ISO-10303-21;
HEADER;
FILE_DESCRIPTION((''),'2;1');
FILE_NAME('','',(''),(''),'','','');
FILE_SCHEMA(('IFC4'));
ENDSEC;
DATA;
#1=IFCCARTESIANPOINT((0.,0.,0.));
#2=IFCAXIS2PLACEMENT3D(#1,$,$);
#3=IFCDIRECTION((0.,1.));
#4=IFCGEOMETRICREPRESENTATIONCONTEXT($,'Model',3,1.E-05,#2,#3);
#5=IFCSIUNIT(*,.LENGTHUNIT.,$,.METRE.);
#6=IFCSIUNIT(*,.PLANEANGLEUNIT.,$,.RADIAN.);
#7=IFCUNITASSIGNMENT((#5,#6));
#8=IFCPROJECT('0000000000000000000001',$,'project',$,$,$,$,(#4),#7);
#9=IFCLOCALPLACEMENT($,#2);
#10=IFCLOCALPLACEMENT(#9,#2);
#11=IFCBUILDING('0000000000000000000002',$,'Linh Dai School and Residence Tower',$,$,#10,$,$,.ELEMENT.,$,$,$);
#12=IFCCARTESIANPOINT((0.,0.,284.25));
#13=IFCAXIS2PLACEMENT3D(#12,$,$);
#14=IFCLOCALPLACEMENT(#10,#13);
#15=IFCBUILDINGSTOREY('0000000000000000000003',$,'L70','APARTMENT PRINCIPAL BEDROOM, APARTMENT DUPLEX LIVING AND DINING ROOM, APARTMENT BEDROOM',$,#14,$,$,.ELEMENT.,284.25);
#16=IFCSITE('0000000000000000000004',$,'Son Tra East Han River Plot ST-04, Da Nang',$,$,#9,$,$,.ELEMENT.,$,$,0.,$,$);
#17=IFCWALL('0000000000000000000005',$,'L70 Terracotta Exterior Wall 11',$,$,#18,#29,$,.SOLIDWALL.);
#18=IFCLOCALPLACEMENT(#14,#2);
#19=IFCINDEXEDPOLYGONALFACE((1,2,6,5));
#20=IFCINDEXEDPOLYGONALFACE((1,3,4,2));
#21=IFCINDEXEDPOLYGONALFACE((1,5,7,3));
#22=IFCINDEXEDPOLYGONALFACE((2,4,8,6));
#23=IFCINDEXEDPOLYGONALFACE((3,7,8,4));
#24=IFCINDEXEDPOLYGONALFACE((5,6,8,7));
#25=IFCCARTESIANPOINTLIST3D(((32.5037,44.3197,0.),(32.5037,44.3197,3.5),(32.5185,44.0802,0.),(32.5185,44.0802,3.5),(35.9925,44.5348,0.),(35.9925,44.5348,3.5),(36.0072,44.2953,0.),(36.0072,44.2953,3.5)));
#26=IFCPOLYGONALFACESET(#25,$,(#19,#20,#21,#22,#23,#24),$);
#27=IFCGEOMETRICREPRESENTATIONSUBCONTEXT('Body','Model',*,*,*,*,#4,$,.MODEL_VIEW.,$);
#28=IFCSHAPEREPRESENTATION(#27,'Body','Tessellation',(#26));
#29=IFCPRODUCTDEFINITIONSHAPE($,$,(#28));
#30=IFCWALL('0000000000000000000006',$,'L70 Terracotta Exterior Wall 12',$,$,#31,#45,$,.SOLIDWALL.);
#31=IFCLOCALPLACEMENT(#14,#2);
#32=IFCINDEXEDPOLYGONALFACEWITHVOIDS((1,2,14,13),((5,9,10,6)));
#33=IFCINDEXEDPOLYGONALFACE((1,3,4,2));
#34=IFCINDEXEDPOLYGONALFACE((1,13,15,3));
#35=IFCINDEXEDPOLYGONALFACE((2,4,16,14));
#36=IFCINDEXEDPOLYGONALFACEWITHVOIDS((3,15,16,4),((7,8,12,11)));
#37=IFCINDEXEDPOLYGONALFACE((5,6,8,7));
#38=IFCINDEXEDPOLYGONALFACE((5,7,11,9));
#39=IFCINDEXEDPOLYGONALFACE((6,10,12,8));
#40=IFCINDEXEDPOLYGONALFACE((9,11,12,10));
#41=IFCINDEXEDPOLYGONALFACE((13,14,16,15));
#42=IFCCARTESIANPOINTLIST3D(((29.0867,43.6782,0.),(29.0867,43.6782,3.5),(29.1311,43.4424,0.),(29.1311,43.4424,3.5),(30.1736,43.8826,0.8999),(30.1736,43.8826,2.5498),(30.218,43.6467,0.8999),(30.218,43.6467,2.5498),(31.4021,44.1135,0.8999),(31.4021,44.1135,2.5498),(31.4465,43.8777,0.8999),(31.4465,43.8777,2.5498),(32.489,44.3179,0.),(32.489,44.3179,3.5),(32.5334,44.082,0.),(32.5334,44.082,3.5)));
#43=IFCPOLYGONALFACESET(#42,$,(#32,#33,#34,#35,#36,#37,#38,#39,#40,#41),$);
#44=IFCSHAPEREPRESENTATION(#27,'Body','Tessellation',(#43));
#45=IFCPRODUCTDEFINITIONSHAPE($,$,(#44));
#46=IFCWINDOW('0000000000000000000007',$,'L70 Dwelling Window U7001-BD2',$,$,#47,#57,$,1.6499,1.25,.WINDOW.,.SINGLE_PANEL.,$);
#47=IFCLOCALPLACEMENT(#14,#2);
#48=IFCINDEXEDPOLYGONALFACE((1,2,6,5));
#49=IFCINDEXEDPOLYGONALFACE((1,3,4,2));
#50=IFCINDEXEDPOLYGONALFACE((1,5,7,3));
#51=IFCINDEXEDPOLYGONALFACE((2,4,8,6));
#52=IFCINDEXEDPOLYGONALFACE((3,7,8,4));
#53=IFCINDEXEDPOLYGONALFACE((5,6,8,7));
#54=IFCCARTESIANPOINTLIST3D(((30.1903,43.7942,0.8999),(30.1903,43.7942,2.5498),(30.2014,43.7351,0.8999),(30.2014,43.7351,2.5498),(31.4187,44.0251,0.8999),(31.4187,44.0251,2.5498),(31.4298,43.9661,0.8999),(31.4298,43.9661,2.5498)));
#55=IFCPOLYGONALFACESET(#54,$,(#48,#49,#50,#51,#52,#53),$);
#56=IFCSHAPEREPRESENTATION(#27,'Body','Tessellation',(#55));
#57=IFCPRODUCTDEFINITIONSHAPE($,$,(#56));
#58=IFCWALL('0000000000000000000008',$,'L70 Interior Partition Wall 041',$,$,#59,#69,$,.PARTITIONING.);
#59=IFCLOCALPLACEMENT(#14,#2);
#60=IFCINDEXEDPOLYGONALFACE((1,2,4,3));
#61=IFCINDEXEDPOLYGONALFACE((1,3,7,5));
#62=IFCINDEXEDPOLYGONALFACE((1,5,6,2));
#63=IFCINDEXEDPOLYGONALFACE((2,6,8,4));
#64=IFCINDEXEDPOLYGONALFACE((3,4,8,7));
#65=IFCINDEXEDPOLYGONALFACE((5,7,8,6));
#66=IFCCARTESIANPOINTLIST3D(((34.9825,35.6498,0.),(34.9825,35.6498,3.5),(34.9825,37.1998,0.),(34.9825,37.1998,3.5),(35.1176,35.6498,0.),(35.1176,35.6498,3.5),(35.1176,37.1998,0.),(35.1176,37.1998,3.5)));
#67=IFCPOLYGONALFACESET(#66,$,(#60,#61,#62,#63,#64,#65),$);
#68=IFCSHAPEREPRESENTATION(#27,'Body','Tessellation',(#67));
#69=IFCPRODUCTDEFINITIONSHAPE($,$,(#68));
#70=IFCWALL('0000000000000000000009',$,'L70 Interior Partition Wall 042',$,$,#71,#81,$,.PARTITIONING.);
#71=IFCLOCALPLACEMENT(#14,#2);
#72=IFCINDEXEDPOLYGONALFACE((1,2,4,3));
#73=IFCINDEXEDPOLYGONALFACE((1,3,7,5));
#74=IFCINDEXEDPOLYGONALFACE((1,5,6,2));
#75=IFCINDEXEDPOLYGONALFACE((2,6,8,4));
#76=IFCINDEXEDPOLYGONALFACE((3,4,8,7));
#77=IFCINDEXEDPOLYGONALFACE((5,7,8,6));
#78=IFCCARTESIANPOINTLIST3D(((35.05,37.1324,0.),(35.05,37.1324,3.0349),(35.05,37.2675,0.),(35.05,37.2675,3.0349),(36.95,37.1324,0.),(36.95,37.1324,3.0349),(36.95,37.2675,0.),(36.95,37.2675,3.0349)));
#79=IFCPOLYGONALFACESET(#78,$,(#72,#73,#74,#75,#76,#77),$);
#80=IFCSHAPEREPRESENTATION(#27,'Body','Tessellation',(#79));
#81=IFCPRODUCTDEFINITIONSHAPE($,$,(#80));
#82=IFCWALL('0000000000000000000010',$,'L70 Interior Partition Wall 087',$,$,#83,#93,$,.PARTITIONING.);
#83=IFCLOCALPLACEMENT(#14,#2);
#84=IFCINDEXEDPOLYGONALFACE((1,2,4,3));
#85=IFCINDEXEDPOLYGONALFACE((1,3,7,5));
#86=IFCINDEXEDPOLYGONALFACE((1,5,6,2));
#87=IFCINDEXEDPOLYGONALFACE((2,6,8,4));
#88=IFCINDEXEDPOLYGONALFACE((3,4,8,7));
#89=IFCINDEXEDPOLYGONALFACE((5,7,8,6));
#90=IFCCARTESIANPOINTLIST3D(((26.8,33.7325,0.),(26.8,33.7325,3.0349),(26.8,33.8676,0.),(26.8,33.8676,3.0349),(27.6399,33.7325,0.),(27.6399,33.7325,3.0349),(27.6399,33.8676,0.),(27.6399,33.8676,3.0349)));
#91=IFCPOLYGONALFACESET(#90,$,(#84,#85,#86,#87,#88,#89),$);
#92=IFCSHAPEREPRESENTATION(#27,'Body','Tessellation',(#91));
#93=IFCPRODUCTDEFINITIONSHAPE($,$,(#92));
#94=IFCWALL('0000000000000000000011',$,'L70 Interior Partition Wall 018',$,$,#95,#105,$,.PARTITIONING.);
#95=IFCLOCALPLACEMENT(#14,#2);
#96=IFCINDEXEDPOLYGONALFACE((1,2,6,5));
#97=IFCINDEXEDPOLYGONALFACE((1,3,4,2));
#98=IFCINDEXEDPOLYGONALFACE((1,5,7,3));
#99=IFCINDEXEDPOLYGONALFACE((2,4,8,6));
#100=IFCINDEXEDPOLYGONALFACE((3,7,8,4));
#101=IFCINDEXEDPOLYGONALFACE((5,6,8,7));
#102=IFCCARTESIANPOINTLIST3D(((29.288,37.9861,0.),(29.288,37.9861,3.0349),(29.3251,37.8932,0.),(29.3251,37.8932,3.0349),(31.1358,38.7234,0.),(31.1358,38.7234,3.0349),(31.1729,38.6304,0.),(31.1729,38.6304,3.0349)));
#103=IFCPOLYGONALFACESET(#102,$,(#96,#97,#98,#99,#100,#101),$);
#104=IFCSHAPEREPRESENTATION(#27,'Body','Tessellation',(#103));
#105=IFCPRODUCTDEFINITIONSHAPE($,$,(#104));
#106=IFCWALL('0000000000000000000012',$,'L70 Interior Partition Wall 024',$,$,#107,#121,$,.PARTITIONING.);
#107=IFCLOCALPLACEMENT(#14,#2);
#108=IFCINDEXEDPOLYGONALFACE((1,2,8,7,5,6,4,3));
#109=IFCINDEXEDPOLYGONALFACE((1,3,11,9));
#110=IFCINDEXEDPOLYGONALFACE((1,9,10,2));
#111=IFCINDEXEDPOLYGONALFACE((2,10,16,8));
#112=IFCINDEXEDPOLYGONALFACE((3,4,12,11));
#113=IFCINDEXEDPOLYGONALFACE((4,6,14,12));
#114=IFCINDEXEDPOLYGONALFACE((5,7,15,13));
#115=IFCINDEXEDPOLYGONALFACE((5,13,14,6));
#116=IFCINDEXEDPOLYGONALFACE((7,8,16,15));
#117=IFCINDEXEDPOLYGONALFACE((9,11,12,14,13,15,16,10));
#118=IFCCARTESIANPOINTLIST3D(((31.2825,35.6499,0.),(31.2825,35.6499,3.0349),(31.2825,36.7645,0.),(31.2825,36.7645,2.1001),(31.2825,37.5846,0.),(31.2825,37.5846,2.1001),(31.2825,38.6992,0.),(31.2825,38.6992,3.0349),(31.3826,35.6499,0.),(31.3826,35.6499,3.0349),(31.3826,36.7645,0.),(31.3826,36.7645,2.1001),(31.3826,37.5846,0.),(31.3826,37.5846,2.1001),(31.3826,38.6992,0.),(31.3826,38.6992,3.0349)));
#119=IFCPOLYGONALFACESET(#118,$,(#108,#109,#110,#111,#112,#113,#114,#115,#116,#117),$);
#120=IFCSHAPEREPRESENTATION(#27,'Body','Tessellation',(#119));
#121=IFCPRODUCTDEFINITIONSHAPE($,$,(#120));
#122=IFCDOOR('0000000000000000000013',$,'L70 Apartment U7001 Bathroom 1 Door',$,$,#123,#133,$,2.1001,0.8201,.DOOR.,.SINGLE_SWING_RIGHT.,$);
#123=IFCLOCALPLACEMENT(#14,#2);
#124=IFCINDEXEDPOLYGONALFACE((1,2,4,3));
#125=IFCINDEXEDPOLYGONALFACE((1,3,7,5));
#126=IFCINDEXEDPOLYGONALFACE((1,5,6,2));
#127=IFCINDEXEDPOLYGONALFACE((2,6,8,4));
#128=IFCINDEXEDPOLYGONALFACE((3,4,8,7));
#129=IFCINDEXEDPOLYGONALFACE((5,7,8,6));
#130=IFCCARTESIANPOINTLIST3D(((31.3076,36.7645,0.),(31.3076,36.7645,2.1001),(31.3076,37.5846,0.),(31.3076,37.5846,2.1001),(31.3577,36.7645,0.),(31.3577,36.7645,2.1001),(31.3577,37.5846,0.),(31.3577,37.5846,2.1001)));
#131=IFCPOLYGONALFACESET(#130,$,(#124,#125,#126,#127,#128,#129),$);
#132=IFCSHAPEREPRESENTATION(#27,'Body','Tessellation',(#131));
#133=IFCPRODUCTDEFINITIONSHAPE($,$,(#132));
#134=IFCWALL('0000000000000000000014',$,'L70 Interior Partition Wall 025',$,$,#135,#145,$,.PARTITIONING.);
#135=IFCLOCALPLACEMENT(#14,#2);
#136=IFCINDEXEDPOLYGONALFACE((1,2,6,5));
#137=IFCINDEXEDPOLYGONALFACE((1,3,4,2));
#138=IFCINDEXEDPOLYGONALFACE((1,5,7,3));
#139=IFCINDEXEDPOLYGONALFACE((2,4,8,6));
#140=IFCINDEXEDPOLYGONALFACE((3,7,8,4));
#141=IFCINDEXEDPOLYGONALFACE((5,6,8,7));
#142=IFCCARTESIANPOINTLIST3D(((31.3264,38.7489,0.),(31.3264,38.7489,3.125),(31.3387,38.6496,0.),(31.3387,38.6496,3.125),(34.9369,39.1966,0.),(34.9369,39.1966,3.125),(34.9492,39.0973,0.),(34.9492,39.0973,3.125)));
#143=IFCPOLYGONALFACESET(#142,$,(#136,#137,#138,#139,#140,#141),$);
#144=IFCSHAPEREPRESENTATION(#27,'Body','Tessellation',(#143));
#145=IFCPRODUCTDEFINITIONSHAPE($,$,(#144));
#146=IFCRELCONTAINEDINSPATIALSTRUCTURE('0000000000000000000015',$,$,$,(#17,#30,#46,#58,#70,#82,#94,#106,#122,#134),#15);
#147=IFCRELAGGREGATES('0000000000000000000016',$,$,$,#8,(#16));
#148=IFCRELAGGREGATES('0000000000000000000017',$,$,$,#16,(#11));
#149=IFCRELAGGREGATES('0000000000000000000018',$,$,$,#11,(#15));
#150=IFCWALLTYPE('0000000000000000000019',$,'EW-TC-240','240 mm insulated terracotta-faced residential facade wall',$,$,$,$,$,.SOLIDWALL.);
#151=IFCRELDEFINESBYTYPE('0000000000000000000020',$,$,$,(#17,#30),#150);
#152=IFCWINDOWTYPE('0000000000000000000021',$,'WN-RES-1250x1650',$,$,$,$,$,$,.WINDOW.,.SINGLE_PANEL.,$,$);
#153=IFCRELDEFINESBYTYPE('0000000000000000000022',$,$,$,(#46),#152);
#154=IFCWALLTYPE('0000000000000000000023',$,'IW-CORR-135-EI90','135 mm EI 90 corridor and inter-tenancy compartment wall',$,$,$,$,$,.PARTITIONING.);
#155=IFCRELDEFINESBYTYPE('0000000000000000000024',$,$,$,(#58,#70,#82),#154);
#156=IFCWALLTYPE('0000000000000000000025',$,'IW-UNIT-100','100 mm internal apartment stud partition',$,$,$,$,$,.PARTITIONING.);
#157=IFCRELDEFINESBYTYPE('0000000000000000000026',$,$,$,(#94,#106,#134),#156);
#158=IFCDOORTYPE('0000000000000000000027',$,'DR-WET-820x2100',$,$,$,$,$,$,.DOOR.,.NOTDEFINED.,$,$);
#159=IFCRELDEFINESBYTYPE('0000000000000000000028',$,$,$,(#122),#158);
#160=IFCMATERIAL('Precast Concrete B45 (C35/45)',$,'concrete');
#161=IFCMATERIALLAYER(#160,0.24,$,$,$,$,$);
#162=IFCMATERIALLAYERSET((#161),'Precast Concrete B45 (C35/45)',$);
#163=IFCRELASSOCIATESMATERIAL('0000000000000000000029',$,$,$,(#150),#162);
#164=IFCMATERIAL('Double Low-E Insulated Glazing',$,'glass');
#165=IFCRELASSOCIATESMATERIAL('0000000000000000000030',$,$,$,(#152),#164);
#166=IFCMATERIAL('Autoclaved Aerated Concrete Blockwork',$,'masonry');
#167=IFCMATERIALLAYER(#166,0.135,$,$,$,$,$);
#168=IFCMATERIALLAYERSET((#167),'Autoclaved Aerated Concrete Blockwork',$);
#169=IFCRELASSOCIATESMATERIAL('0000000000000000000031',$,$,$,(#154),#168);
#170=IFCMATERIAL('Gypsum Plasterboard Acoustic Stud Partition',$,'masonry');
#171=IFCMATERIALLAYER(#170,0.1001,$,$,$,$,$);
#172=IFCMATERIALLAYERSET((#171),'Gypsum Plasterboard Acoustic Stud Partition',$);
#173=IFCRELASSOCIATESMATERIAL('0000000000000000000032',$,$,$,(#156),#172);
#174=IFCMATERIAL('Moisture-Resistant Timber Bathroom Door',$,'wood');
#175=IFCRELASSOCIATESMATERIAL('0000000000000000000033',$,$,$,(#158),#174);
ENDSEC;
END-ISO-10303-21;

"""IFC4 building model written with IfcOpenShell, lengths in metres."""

from ifc_helpers import new_model, si_unit, direction, frame, frame_2d, origin, origin_2d, place, context, subcontext, project, spatial, rectangle, extrude, source, transform, mapped, material, layer, layer_set, type_object, element, fill, save


model = new_model("IFC4")

# Units and contexts
model_context = context("Model", 3, precision=1e-05, world=origin(), true_north=direction((0.0, 1.0)))
body_context = subcontext(model_context, "Body", "Model", "MODEL_VIEW")
ifc_project = project(units=[si_unit("LENGTHUNIT", "METRE"), si_unit("PLANEANGLEUNIT", "RADIAN")], contexts=[model_context])

# Site, building, storey
site_placement = place(None, origin())
site = spatial("IfcSite", under=ifc_project, at=site_placement, Name="Son Tra East Han River Plot ST-04, Da Nang", CompositionType="ELEMENT", RefElevation=0.0)
building_placement = place(site_placement, origin())
building = spatial("IfcBuilding", under=site, at=building_placement, Name="Linh Dai School and Residence Tower", CompositionType="ELEMENT")
storey_placement = place(building_placement, frame((0.0, 0.0, 284.25)))
storey = spatial("IfcBuildingStorey", under=building, at=storey_placement, Name="L70", Description="APARTMENT PRINCIPAL BEDROOM, APARTMENT DUPLEX LIVING AND DINING ROOM, APARTMENT BEDROOM", CompositionType="ELEMENT", Elevation=284.25)

# Wall
ifc_material_1 = material(Name="Precast Concrete B45 (C35/45)", Category="concrete")
ifc_layer_1 = layer(ifc_material_1, 0.24)
ifc_layer_set_1 = layer_set([ifc_layer_1], Name="Precast Concrete B45 (C35/45)")
wall_type_1 = type_object("IfcWallType", Name="EW-TC-240", Description="240 mm insulated terracotta-faced residential facade wall", PredefinedType="SOLIDWALL", material=ifc_layer_set_1)
wall_1_placement = place(storey_placement, frame((32.5112, 44.2, 0.0), z_axis=(0.0, 0.0, 1.0), x_axis=(0.998105, 0.061535, 0.0)))
element("IfcWall", 1, at=wall_1_placement, inside=storey, type_object=wall_type_1, Name="L70 Terracotta Exterior Wall 11", PredefinedType="SOLIDWALL", context=body_context, shape_type="SweptSolid", body=[
    extrude(rectangle(XDim=3.4954, YDim=0.24, at=frame_2d((1.7476, 0.0))), origin(), (0.0, 0.0, 1.0), 3.5),
])

# Wall, opening, window
wall_2_placement = place(storey_placement, frame((29.1089, 43.5603, 0.0), z_axis=(0.0, 0.0, 1.0), x_axis=(0.982783, 0.184765, 0.0)))
wall_2 = element("IfcWall", 2, at=wall_2_placement, inside=storey, type_object=wall_type_1, Name="L70 Terracotta Exterior Wall 12", PredefinedType="SOLIDWALL", context=body_context, shape_type="SweptSolid", body=[
    extrude(rectangle(XDim=3.4619, YDim=0.24, at=frame_2d((1.731, 0.0))), origin(), (0.0, 0.0, 1.0), 3.5),
])
opening_1_placement = place(wall_2_placement, frame((1.106, 0.0, 0.8999)))
opening_1 = element("IfcOpeningElement", 3, at=opening_1_placement, cuts=wall_2, PredefinedType="OPENING", context=body_context, shape_type="SweptSolid", body=[
    extrude(rectangle(XDim=1.25, YDim=1.6499, at=origin_2d()), frame((0.625, 0.1299, 0.825), z_axis=(0.0, -1.0, 0.0), x_axis=(1.0, 0.0, 0.0)), (0.0, 0.0, 1.0), 0.26),
])
ifc_material_2 = material(Name="Double Low-E Insulated Glazing", Category="glass")
window_type = type_object("IfcWindowType", Name="WN-RES-1250x1650", PartitioningType="SINGLE_PANEL", PredefinedType="WINDOW", material=ifc_material_2)
shared_shape_1 = source(origin(), body_context, "Body", "SweptSolid", [
    extrude(rectangle(XDim=1.25, YDim=1.6499, at=origin_2d()), frame((0.625, 0.03, 0.825), z_axis=(0.0, -1.0, 0.0), x_axis=(1.0, 0.0, 0.0)), (0.0, 0.0, 1.0), 0.0601),
])
window_placement = place(opening_1_placement, origin())
window = element("IfcWindow", 4, at=window_placement, inside=storey, type_object=window_type, Name="L70 Dwelling Window U7001-BD2", OverallHeight=1.6499, OverallWidth=1.25, PartitioningType="SINGLE_PANEL", PredefinedType="WINDOW", context=body_context, shape_type="MappedRepresentation", body=[
    mapped(shared_shape_1, transform((0.0, 0.0, 0.0), x_axis=(1.0, 0.0, 0.0), y_axis=(0.0, 1.0, 0.0), z_axis=(0.0, 0.0, 1.0), scale=1.0)),
])
fill(opening_1, window)

# Walls
ifc_material_3 = material(Name="Autoclaved Aerated Concrete Blockwork", Category="masonry")
ifc_layer_2 = layer(ifc_material_3, 0.135)
ifc_layer_set_2 = layer_set([ifc_layer_2], Name="Autoclaved Aerated Concrete Blockwork")
wall_type_2 = type_object("IfcWallType", Name="IW-CORR-135-EI90", Description="135 mm EI 90 corridor and inter-tenancy compartment wall", PredefinedType="PARTITIONING", material=ifc_layer_set_2)
wall_3_placement = place(storey_placement, frame((35.05, 35.6499, 0.0), z_axis=(0.0, 0.0, 1.0), x_axis=(0.0, 1.0, 0.0)))
element("IfcWall", 5, at=wall_3_placement, inside=storey, type_object=wall_type_2, Name="L70 Interior Partition Wall 041", PredefinedType="PARTITIONING", context=body_context, shape_type="SweptSolid", body=[
    extrude(rectangle(XDim=1.55, YDim=0.135, at=frame_2d((0.7749, 0.0))), origin(), (0.0, 0.0, 1.0), 3.5),
])
wall_4_placement = place(storey_placement, frame((35.05, 37.2, 0.0), z_axis=(0.0, 0.0, 1.0), x_axis=(1.0, 0.0, 0.0)))
element("IfcWall", 6, at=wall_4_placement, inside=storey, type_object=wall_type_2, Name="L70 Interior Partition Wall 042", PredefinedType="PARTITIONING", context=body_context, shape_type="SweptSolid", body=[
    extrude(rectangle(XDim=1.8999, YDim=0.135, at=frame_2d((0.95, 0.0))), origin(), (0.0, 0.0, 1.0), 3.0349),
])
wall_5_placement = place(storey_placement, frame((27.6399, 33.8, 0.0), z_axis=(0.0, 0.0, 1.0), x_axis=(-1.0, 0.0, 0.0)))
element("IfcWall", 7, at=wall_5_placement, inside=storey, type_object=wall_type_2, Name="L70 Interior Partition Wall 087", PredefinedType="PARTITIONING", context=body_context, shape_type="SweptSolid", body=[
    extrude(rectangle(XDim=0.8398, YDim=0.135, at=frame_2d((0.4199, 0.0))), origin(), (0.0, 0.0, 1.0), 3.0349),
])
ifc_material_4 = material(Name="Gypsum Plasterboard Acoustic Stud Partition", Category="masonry")
ifc_layer_3 = layer(ifc_material_4, 0.1001)
ifc_layer_set_3 = layer_set([ifc_layer_3], Name="Gypsum Plasterboard Acoustic Stud Partition")
wall_type_3 = type_object("IfcWallType", Name="IW-UNIT-100", Description="100 mm internal apartment stud partition", PredefinedType="PARTITIONING", material=ifc_layer_set_3)
wall_6_placement = place(storey_placement, frame((29.3066, 37.9397, 0.0), z_axis=(0.0, 0.0, 1.0), x_axis=(0.928798, 0.370587, 0.0)))
element("IfcWall", 8, at=wall_6_placement, inside=storey, type_object=wall_type_3, Name="L70 Interior Partition Wall 018", PredefinedType="PARTITIONING", context=body_context, shape_type="SweptSolid", body=[
    extrude(rectangle(XDim=1.9895, YDim=0.1001, at=frame_2d((0.9946, 0.0))), origin(), (0.0, 0.0, 1.0), 3.0349),
])

# Wall, opening, door
wall_7_placement = place(storey_placement, frame((31.3325, 35.6499, 0.0), z_axis=(0.0, 0.0, 1.0), x_axis=(0.0, 1.0, 0.0)))
wall_7 = element("IfcWall", 9, at=wall_7_placement, inside=storey, type_object=wall_type_3, Name="L70 Interior Partition Wall 024", PredefinedType="PARTITIONING", context=body_context, shape_type="SweptSolid", body=[
    extrude(rectangle(XDim=3.0493, YDim=0.1001, at=frame_2d((1.5247, 0.0))), origin(), (0.0, 0.0, 1.0), 3.0349),
])
opening_2_placement = place(wall_7_placement, frame((1.1145, 0.0, 0.0)))
opening_2 = element("IfcOpeningElement", 10, at=opening_2_placement, cuts=wall_7, PredefinedType="OPENING", context=body_context, shape_type="SweptSolid", body=[
    extrude(rectangle(XDim=0.8201, YDim=2.1001, at=origin_2d()), frame((0.4102, 0.0601, 1.05), z_axis=(0.0, -1.0, 0.0), x_axis=(1.0, 0.0, 0.0)), (0.0, 0.0, 1.0), 0.1201),
])
ifc_material_5 = material(Name="Moisture-Resistant Timber Bathroom Door", Category="wood")
door_type_1 = type_object("IfcDoorType", Name="DR-WET-820x2100", OperationType="NOTDEFINED", PredefinedType="DOOR", material=ifc_material_5)
shared_shape_2 = source(origin(), body_context, "Body", "SweptSolid", [
    extrude(rectangle(XDim=0.8201, YDim=2.1001, at=origin_2d()), frame((0.4102, 0.0249, 1.05), z_axis=(0.0, -1.0, 0.0), x_axis=(1.0, 0.0, 0.0)), (0.0, 0.0, 1.0), 0.05),
])
door_1_placement = place(opening_2_placement, origin())
door_1 = element("IfcDoor", 11, at=door_1_placement, inside=storey, type_object=door_type_1, Name="L70 Apartment U7001 Bathroom 1 Door", OperationType="SINGLE_SWING_RIGHT", OverallHeight=2.1001, OverallWidth=0.8201, PredefinedType="DOOR", context=body_context, shape_type="MappedRepresentation", body=[
    mapped(shared_shape_2, transform((0.0, 0.0, 0.0), x_axis=(1.0, 0.0, 0.0), y_axis=(0.0, 1.0, 0.0), z_axis=(0.0, 0.0, 1.0), scale=1.0)),
])
fill(opening_2, door_1)

# Wall
wall_8_placement = place(storey_placement, frame((31.3325, 38.6992, 0.0), z_axis=(0.0, 0.0, 1.0), x_axis=(0.992398, 0.123068, 0.0)))
element("IfcWall", 12, at=wall_8_placement, inside=storey, type_object=wall_type_3, Name="L70 Interior Partition Wall 025", PredefinedType="PARTITIONING", context=body_context, shape_type="SweptSolid", body=[
    extrude(rectangle(XDim=3.6382, YDim=0.1001, at=frame_2d((1.8191, 0.0))), origin(), (0.0, 0.0, 1.0), 3.125),
])

save(model, "model.ifc")
